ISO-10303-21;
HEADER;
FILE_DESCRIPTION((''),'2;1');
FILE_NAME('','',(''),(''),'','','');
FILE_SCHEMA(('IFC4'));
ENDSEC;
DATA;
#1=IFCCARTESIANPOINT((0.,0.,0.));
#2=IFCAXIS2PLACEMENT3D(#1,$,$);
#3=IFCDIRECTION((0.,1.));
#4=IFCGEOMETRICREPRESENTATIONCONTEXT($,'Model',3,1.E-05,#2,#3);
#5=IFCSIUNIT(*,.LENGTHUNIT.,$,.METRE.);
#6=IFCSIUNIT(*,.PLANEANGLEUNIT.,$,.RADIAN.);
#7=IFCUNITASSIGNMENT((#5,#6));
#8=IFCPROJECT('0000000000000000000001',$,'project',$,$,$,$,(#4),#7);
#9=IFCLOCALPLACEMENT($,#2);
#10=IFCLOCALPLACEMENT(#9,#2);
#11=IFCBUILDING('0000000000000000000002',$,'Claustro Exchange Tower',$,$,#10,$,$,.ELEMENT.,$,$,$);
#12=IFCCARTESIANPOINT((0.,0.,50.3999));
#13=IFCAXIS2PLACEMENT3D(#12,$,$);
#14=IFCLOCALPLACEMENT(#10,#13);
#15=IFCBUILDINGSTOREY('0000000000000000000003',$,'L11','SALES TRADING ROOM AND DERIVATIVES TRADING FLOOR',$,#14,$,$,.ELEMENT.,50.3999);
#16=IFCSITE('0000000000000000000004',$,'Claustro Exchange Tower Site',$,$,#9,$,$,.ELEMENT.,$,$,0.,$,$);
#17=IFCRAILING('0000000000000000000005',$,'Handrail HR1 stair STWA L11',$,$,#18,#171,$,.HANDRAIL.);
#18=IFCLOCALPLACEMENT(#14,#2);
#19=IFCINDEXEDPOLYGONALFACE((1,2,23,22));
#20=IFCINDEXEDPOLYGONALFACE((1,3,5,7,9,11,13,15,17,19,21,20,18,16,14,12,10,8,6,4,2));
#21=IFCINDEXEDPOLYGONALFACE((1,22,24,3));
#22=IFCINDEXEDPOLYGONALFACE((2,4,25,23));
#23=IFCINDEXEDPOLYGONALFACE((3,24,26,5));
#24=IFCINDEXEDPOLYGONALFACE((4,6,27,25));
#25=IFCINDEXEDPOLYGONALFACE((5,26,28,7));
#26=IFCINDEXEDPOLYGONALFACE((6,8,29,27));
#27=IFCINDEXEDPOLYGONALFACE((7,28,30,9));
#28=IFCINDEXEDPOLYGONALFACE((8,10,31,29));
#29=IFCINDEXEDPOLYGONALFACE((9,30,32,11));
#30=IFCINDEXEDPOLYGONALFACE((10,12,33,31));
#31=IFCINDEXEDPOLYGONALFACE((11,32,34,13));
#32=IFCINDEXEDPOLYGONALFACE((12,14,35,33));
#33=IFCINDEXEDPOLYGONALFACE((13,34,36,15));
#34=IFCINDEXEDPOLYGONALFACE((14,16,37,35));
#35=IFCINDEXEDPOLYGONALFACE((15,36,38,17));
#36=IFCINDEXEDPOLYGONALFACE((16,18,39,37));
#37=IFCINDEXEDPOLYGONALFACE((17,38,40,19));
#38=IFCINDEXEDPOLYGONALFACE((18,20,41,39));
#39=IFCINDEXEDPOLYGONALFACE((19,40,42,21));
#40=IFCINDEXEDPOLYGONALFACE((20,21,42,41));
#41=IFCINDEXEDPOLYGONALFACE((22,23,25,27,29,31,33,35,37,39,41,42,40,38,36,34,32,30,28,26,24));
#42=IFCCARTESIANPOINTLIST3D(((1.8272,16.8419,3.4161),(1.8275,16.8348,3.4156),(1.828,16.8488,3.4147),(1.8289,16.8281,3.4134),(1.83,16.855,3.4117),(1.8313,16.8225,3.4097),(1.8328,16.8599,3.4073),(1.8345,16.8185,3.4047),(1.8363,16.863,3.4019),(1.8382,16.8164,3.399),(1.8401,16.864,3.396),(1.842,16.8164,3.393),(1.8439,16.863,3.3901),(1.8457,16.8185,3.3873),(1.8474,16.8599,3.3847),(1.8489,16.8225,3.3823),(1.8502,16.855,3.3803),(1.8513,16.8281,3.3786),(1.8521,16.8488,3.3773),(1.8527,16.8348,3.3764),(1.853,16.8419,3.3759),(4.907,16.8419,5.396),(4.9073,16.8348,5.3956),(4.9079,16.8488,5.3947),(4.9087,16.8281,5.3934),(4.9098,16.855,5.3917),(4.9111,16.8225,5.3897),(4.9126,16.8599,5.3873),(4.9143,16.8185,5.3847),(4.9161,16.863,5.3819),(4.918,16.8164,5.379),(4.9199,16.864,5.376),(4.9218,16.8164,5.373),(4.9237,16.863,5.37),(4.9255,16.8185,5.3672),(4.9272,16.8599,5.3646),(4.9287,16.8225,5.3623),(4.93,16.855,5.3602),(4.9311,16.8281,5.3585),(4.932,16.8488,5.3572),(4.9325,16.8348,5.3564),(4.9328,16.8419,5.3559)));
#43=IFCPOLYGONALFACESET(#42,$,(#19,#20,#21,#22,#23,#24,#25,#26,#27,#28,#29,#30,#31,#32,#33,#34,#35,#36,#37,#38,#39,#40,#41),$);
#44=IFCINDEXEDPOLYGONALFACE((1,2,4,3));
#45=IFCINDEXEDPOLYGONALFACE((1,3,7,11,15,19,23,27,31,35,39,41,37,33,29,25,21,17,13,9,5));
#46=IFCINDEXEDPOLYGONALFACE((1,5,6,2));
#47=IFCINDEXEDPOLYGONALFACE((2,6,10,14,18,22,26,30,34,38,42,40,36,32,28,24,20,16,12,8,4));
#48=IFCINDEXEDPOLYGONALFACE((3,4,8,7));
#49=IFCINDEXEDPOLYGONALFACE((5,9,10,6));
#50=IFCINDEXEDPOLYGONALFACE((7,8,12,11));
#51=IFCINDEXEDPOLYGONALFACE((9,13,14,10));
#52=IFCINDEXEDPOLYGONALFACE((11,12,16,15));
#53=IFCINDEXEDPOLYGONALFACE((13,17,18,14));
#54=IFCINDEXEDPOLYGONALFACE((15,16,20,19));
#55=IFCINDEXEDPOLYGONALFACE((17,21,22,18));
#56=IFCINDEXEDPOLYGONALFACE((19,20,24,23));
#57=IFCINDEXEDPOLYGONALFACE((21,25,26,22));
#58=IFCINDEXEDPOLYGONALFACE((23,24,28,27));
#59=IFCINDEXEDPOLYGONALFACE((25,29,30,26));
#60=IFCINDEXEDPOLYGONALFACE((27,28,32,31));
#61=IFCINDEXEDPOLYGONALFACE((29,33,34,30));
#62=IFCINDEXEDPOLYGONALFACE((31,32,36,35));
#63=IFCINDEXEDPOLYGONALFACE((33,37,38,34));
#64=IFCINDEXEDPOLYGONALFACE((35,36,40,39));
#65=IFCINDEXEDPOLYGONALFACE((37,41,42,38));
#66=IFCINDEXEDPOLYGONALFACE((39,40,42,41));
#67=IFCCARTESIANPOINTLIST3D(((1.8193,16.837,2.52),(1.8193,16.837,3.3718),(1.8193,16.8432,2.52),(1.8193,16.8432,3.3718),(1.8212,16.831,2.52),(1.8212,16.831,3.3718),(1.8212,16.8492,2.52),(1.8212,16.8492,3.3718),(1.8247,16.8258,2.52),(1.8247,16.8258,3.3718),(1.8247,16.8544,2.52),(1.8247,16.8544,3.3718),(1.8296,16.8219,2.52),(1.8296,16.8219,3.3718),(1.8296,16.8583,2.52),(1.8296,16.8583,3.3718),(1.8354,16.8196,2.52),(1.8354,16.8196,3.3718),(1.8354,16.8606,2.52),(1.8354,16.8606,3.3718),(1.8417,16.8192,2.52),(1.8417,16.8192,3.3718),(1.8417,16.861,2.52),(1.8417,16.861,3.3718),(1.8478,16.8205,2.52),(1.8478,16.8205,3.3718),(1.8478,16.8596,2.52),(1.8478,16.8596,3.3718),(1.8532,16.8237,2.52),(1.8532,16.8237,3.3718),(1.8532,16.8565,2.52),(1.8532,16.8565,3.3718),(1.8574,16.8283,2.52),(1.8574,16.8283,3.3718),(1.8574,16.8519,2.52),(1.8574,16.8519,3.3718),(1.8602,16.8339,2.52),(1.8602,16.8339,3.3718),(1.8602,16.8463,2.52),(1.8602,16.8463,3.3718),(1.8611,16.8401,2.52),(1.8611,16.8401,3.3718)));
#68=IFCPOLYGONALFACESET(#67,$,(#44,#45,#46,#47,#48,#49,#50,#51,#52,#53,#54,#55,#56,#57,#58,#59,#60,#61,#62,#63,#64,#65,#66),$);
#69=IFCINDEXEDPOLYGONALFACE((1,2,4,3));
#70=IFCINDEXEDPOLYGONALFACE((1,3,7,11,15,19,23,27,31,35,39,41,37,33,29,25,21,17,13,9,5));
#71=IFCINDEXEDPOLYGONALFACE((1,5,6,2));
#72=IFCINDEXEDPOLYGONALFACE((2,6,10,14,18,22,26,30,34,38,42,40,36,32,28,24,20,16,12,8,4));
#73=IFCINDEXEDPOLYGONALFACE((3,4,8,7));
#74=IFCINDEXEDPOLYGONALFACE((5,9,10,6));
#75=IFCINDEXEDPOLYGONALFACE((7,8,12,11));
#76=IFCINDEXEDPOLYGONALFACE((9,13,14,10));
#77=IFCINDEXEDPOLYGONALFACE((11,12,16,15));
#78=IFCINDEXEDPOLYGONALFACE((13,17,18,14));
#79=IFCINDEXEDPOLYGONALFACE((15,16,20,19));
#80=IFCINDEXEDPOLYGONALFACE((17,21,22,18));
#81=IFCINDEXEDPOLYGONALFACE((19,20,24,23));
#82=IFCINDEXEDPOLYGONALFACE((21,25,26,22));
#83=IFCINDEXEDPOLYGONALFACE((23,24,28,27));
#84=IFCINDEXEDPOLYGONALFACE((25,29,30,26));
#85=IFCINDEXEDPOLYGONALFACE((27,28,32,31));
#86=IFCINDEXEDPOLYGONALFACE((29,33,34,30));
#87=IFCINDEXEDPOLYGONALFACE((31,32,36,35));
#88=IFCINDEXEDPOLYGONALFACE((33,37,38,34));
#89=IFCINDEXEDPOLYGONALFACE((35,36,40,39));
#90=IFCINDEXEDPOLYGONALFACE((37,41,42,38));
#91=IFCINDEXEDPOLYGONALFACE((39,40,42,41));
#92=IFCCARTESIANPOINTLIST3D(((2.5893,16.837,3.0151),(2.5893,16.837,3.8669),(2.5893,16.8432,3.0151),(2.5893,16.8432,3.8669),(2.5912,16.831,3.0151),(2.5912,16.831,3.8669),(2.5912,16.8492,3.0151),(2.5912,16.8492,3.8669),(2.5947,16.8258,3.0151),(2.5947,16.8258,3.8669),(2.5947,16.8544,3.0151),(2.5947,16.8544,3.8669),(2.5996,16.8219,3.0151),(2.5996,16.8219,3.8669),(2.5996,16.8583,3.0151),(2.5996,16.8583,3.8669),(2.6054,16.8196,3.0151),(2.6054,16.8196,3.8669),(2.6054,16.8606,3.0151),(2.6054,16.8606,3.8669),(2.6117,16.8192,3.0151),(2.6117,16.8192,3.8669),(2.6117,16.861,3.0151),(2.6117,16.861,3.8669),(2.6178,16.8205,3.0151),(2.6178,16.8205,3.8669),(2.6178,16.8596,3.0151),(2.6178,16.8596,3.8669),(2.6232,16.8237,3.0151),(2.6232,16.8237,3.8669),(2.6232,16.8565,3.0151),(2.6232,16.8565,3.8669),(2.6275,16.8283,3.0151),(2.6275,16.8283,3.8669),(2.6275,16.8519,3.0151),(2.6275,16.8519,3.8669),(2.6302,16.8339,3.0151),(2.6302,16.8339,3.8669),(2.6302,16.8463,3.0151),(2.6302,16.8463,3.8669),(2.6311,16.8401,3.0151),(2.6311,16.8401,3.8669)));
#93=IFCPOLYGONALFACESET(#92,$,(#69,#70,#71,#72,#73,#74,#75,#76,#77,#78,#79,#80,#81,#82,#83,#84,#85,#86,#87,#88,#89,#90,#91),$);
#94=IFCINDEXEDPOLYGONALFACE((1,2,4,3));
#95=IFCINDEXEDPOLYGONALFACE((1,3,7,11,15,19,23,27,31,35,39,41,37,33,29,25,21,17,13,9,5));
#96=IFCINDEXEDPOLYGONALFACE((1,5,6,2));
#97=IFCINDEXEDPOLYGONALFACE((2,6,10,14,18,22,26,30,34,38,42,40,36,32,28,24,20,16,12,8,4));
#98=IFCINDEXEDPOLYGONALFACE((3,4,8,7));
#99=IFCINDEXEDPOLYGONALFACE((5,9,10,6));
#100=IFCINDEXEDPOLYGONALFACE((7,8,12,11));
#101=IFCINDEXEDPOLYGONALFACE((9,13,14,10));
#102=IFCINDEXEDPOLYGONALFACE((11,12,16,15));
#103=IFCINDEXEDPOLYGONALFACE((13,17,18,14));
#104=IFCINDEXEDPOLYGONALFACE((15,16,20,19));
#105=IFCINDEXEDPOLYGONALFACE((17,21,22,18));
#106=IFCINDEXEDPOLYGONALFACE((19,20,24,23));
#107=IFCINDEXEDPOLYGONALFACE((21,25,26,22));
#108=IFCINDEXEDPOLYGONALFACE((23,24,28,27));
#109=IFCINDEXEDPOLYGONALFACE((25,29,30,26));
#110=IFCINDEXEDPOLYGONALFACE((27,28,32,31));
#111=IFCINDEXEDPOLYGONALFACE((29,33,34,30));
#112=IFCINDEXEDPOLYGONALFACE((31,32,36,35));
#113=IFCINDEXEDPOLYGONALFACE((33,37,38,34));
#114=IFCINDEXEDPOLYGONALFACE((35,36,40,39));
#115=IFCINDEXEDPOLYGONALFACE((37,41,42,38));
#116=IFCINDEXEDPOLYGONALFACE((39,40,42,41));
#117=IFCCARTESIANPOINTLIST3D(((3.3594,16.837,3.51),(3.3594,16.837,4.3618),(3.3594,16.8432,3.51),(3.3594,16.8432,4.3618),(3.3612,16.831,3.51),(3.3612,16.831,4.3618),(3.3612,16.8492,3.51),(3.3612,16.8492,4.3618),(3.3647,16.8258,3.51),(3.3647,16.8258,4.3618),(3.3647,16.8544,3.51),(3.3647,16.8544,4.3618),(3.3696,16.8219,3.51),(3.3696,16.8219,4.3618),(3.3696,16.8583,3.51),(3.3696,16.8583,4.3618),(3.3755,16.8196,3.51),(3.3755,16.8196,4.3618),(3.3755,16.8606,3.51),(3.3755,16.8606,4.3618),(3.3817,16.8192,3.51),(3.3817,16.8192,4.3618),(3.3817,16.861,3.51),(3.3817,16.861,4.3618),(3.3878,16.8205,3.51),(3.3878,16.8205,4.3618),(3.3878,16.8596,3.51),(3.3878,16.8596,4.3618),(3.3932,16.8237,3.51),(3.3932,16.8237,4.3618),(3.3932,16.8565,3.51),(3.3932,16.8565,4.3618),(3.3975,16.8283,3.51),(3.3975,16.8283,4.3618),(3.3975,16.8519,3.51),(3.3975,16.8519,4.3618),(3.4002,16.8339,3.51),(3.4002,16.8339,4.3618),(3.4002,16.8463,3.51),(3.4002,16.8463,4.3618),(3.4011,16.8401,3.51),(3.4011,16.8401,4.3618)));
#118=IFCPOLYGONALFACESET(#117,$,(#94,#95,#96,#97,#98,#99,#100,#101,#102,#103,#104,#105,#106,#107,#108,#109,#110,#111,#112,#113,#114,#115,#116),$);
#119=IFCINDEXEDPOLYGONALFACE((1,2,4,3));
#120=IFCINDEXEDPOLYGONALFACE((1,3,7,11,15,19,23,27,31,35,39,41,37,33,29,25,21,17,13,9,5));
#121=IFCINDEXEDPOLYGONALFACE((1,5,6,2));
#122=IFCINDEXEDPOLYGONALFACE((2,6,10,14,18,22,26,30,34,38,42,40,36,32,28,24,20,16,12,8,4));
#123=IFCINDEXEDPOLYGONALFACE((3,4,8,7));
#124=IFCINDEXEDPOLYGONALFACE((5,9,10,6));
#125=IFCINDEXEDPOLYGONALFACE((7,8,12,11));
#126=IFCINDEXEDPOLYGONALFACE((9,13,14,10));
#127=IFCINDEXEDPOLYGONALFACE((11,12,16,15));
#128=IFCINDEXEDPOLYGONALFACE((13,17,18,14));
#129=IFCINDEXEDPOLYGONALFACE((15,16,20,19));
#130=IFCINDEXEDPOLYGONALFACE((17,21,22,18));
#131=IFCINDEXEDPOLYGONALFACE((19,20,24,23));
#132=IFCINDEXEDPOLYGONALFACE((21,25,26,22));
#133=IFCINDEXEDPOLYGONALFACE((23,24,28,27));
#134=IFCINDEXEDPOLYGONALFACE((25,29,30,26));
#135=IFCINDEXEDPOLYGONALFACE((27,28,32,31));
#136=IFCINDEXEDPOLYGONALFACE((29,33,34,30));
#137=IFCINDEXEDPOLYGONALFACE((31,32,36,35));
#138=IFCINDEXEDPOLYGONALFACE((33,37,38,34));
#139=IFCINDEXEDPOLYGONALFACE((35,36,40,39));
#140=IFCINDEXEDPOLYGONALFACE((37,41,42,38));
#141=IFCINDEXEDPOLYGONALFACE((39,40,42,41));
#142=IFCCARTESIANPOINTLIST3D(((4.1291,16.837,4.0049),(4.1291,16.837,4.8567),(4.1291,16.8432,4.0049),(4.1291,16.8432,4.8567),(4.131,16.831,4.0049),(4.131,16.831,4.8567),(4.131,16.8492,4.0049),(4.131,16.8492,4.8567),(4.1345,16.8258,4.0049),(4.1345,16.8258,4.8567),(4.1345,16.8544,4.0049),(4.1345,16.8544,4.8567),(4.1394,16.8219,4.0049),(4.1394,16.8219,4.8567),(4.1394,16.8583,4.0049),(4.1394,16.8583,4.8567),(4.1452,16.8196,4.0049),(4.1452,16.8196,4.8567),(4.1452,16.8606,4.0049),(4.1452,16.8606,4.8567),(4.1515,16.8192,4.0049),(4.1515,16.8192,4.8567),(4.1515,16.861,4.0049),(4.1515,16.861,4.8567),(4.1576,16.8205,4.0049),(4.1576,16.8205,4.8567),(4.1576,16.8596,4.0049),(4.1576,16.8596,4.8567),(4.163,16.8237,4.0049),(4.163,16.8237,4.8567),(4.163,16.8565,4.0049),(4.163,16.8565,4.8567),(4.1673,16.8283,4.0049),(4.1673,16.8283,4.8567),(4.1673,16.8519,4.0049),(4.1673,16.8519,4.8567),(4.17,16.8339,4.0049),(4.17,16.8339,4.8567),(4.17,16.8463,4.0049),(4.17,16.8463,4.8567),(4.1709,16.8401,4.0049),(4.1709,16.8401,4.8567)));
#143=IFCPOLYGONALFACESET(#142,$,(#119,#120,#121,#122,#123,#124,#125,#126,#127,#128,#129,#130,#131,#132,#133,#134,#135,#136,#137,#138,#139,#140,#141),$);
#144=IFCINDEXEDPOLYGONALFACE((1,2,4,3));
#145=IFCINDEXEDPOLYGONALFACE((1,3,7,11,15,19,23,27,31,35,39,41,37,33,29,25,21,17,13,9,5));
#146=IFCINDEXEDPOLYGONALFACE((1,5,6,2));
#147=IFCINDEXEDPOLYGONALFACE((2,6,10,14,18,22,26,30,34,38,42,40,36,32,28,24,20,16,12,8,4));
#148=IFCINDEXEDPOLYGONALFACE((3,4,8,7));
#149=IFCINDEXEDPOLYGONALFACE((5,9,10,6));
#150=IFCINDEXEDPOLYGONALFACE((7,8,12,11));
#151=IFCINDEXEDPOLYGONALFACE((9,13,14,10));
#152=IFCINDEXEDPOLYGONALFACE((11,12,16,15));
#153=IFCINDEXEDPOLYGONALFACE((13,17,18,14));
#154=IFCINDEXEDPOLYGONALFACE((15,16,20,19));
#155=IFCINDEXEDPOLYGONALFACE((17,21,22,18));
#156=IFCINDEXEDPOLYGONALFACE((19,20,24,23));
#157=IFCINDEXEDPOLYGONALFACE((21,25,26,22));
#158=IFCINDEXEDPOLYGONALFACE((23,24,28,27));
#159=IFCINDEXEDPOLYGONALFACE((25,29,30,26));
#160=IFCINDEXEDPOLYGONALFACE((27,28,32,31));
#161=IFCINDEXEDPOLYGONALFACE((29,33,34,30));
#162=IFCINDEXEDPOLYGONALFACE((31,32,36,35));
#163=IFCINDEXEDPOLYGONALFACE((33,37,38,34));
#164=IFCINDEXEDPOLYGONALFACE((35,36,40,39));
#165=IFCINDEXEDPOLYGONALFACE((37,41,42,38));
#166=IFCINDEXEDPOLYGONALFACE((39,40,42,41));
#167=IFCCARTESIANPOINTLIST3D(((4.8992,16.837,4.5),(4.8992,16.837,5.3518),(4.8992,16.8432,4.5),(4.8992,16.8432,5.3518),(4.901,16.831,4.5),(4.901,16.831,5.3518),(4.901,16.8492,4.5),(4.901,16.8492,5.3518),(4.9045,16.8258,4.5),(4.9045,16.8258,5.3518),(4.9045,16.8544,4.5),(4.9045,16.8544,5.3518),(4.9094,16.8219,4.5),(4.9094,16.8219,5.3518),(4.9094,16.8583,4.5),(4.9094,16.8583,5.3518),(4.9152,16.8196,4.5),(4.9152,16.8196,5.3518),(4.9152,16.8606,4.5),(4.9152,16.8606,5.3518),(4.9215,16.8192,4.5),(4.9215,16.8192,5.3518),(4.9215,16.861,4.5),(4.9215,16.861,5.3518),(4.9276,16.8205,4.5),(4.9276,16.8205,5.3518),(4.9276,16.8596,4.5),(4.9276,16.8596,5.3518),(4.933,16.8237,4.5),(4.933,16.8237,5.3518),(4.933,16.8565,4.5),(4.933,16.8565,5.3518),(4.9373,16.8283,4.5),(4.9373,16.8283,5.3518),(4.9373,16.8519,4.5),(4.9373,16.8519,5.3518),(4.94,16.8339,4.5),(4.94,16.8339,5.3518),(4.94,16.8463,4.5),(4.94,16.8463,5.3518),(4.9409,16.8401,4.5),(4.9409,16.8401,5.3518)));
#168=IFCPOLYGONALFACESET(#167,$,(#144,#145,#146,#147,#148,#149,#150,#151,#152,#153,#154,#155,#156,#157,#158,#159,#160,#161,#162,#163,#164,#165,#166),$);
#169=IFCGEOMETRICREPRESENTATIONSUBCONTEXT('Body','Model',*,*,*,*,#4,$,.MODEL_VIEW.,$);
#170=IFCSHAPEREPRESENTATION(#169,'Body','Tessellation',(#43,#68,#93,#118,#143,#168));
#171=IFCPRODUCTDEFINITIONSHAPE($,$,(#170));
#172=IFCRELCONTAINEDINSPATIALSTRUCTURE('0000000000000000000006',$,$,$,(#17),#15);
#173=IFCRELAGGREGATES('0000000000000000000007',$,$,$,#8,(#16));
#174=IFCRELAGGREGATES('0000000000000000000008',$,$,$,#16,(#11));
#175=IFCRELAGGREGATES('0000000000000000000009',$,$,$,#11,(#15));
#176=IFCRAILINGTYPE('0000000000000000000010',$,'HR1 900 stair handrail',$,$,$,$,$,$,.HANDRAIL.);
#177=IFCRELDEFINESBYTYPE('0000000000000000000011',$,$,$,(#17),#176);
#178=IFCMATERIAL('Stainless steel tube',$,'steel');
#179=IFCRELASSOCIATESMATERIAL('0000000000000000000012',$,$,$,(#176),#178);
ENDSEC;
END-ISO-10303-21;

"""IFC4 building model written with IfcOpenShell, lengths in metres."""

from ifc_helpers import new_model, si_unit, direction, frame, origin, origin_2d, place, context, subcontext, project, spatial, circle, extrude, material, type_object, element, save


model = new_model("IFC4")

# Units and contexts
model_context = context("Model", 3, precision=1e-05, world=origin(), true_north=direction((0.0, 1.0)))
body_context = subcontext(model_context, "Body", "Model", "MODEL_VIEW")
ifc_project = project(units=[si_unit("LENGTHUNIT", "METRE"), si_unit("PLANEANGLEUNIT", "RADIAN")], contexts=[model_context])

# Site, building, storey
site_placement = place(None, origin())
site = spatial("IfcSite", under=ifc_project, at=site_placement, Name="Claustro Exchange Tower Site", CompositionType="ELEMENT", RefElevation=0.0)
building_placement = place(site_placement, origin())
building = spatial("IfcBuilding", under=site, at=building_placement, Name="Claustro Exchange Tower", CompositionType="ELEMENT")
storey_placement = place(building_placement, frame((0.0, 0.0, 50.3999)))
storey = spatial("IfcBuildingStorey", under=building, at=storey_placement, Name="L11", Description="SALES TRADING ROOM AND DERIVATIVES TRADING FLOOR", CompositionType="ELEMENT", Elevation=50.3999)

# Railing
ifc_material_1 = material(Name="Stainless steel tube", Category="steel")
railing_type_1 = type_object("IfcRailingType", Name="HR1 900 stair handrail", PredefinedType="HANDRAIL", material=ifc_material_1)
railing_1_placement = place(storey_placement, frame((1.8401, 16.8401, 2.52)))
element("IfcRailing", 1, at=railing_1_placement, inside=storey, type_object=railing_type_1, Name="Handrail HR1 stair STWA L11", PredefinedType="HANDRAIL", context=body_context, shape_type="SweptSolid", body=[
    extrude(circle(Radius=0.0239, at=origin_2d()), frame((0.0, 0.0, 0.876), z_axis=(0.841168, 0.0, 0.540774), x_axis=(0.0, 1.0, 0.0)), (0.0, 0.0, 1.0), 3.6614),
    extrude(circle(Radius=0.021, at=origin_2d()), origin(), (0.0, 0.0, 1.0), 0.8518),
    extrude(circle(Radius=0.021, at=origin_2d()), frame((0.77, 0.0, 0.4951)), (0.0, 0.0, 1.0), 0.8518),
    extrude(circle(Radius=0.021, at=origin_2d()), frame((1.54, 0.0, 0.99)), (0.0, 0.0, 1.0), 0.8518),
    extrude(circle(Radius=0.021, at=origin_2d()), frame((2.3098, 0.0, 1.4849)), (0.0, 0.0, 1.0), 0.8518),
    extrude(circle(Radius=0.021, at=origin_2d()), frame((3.0798, 0.0, 1.98)), (0.0, 0.0, 1.0), 0.8518),
])

save(model, "model.ifc")
